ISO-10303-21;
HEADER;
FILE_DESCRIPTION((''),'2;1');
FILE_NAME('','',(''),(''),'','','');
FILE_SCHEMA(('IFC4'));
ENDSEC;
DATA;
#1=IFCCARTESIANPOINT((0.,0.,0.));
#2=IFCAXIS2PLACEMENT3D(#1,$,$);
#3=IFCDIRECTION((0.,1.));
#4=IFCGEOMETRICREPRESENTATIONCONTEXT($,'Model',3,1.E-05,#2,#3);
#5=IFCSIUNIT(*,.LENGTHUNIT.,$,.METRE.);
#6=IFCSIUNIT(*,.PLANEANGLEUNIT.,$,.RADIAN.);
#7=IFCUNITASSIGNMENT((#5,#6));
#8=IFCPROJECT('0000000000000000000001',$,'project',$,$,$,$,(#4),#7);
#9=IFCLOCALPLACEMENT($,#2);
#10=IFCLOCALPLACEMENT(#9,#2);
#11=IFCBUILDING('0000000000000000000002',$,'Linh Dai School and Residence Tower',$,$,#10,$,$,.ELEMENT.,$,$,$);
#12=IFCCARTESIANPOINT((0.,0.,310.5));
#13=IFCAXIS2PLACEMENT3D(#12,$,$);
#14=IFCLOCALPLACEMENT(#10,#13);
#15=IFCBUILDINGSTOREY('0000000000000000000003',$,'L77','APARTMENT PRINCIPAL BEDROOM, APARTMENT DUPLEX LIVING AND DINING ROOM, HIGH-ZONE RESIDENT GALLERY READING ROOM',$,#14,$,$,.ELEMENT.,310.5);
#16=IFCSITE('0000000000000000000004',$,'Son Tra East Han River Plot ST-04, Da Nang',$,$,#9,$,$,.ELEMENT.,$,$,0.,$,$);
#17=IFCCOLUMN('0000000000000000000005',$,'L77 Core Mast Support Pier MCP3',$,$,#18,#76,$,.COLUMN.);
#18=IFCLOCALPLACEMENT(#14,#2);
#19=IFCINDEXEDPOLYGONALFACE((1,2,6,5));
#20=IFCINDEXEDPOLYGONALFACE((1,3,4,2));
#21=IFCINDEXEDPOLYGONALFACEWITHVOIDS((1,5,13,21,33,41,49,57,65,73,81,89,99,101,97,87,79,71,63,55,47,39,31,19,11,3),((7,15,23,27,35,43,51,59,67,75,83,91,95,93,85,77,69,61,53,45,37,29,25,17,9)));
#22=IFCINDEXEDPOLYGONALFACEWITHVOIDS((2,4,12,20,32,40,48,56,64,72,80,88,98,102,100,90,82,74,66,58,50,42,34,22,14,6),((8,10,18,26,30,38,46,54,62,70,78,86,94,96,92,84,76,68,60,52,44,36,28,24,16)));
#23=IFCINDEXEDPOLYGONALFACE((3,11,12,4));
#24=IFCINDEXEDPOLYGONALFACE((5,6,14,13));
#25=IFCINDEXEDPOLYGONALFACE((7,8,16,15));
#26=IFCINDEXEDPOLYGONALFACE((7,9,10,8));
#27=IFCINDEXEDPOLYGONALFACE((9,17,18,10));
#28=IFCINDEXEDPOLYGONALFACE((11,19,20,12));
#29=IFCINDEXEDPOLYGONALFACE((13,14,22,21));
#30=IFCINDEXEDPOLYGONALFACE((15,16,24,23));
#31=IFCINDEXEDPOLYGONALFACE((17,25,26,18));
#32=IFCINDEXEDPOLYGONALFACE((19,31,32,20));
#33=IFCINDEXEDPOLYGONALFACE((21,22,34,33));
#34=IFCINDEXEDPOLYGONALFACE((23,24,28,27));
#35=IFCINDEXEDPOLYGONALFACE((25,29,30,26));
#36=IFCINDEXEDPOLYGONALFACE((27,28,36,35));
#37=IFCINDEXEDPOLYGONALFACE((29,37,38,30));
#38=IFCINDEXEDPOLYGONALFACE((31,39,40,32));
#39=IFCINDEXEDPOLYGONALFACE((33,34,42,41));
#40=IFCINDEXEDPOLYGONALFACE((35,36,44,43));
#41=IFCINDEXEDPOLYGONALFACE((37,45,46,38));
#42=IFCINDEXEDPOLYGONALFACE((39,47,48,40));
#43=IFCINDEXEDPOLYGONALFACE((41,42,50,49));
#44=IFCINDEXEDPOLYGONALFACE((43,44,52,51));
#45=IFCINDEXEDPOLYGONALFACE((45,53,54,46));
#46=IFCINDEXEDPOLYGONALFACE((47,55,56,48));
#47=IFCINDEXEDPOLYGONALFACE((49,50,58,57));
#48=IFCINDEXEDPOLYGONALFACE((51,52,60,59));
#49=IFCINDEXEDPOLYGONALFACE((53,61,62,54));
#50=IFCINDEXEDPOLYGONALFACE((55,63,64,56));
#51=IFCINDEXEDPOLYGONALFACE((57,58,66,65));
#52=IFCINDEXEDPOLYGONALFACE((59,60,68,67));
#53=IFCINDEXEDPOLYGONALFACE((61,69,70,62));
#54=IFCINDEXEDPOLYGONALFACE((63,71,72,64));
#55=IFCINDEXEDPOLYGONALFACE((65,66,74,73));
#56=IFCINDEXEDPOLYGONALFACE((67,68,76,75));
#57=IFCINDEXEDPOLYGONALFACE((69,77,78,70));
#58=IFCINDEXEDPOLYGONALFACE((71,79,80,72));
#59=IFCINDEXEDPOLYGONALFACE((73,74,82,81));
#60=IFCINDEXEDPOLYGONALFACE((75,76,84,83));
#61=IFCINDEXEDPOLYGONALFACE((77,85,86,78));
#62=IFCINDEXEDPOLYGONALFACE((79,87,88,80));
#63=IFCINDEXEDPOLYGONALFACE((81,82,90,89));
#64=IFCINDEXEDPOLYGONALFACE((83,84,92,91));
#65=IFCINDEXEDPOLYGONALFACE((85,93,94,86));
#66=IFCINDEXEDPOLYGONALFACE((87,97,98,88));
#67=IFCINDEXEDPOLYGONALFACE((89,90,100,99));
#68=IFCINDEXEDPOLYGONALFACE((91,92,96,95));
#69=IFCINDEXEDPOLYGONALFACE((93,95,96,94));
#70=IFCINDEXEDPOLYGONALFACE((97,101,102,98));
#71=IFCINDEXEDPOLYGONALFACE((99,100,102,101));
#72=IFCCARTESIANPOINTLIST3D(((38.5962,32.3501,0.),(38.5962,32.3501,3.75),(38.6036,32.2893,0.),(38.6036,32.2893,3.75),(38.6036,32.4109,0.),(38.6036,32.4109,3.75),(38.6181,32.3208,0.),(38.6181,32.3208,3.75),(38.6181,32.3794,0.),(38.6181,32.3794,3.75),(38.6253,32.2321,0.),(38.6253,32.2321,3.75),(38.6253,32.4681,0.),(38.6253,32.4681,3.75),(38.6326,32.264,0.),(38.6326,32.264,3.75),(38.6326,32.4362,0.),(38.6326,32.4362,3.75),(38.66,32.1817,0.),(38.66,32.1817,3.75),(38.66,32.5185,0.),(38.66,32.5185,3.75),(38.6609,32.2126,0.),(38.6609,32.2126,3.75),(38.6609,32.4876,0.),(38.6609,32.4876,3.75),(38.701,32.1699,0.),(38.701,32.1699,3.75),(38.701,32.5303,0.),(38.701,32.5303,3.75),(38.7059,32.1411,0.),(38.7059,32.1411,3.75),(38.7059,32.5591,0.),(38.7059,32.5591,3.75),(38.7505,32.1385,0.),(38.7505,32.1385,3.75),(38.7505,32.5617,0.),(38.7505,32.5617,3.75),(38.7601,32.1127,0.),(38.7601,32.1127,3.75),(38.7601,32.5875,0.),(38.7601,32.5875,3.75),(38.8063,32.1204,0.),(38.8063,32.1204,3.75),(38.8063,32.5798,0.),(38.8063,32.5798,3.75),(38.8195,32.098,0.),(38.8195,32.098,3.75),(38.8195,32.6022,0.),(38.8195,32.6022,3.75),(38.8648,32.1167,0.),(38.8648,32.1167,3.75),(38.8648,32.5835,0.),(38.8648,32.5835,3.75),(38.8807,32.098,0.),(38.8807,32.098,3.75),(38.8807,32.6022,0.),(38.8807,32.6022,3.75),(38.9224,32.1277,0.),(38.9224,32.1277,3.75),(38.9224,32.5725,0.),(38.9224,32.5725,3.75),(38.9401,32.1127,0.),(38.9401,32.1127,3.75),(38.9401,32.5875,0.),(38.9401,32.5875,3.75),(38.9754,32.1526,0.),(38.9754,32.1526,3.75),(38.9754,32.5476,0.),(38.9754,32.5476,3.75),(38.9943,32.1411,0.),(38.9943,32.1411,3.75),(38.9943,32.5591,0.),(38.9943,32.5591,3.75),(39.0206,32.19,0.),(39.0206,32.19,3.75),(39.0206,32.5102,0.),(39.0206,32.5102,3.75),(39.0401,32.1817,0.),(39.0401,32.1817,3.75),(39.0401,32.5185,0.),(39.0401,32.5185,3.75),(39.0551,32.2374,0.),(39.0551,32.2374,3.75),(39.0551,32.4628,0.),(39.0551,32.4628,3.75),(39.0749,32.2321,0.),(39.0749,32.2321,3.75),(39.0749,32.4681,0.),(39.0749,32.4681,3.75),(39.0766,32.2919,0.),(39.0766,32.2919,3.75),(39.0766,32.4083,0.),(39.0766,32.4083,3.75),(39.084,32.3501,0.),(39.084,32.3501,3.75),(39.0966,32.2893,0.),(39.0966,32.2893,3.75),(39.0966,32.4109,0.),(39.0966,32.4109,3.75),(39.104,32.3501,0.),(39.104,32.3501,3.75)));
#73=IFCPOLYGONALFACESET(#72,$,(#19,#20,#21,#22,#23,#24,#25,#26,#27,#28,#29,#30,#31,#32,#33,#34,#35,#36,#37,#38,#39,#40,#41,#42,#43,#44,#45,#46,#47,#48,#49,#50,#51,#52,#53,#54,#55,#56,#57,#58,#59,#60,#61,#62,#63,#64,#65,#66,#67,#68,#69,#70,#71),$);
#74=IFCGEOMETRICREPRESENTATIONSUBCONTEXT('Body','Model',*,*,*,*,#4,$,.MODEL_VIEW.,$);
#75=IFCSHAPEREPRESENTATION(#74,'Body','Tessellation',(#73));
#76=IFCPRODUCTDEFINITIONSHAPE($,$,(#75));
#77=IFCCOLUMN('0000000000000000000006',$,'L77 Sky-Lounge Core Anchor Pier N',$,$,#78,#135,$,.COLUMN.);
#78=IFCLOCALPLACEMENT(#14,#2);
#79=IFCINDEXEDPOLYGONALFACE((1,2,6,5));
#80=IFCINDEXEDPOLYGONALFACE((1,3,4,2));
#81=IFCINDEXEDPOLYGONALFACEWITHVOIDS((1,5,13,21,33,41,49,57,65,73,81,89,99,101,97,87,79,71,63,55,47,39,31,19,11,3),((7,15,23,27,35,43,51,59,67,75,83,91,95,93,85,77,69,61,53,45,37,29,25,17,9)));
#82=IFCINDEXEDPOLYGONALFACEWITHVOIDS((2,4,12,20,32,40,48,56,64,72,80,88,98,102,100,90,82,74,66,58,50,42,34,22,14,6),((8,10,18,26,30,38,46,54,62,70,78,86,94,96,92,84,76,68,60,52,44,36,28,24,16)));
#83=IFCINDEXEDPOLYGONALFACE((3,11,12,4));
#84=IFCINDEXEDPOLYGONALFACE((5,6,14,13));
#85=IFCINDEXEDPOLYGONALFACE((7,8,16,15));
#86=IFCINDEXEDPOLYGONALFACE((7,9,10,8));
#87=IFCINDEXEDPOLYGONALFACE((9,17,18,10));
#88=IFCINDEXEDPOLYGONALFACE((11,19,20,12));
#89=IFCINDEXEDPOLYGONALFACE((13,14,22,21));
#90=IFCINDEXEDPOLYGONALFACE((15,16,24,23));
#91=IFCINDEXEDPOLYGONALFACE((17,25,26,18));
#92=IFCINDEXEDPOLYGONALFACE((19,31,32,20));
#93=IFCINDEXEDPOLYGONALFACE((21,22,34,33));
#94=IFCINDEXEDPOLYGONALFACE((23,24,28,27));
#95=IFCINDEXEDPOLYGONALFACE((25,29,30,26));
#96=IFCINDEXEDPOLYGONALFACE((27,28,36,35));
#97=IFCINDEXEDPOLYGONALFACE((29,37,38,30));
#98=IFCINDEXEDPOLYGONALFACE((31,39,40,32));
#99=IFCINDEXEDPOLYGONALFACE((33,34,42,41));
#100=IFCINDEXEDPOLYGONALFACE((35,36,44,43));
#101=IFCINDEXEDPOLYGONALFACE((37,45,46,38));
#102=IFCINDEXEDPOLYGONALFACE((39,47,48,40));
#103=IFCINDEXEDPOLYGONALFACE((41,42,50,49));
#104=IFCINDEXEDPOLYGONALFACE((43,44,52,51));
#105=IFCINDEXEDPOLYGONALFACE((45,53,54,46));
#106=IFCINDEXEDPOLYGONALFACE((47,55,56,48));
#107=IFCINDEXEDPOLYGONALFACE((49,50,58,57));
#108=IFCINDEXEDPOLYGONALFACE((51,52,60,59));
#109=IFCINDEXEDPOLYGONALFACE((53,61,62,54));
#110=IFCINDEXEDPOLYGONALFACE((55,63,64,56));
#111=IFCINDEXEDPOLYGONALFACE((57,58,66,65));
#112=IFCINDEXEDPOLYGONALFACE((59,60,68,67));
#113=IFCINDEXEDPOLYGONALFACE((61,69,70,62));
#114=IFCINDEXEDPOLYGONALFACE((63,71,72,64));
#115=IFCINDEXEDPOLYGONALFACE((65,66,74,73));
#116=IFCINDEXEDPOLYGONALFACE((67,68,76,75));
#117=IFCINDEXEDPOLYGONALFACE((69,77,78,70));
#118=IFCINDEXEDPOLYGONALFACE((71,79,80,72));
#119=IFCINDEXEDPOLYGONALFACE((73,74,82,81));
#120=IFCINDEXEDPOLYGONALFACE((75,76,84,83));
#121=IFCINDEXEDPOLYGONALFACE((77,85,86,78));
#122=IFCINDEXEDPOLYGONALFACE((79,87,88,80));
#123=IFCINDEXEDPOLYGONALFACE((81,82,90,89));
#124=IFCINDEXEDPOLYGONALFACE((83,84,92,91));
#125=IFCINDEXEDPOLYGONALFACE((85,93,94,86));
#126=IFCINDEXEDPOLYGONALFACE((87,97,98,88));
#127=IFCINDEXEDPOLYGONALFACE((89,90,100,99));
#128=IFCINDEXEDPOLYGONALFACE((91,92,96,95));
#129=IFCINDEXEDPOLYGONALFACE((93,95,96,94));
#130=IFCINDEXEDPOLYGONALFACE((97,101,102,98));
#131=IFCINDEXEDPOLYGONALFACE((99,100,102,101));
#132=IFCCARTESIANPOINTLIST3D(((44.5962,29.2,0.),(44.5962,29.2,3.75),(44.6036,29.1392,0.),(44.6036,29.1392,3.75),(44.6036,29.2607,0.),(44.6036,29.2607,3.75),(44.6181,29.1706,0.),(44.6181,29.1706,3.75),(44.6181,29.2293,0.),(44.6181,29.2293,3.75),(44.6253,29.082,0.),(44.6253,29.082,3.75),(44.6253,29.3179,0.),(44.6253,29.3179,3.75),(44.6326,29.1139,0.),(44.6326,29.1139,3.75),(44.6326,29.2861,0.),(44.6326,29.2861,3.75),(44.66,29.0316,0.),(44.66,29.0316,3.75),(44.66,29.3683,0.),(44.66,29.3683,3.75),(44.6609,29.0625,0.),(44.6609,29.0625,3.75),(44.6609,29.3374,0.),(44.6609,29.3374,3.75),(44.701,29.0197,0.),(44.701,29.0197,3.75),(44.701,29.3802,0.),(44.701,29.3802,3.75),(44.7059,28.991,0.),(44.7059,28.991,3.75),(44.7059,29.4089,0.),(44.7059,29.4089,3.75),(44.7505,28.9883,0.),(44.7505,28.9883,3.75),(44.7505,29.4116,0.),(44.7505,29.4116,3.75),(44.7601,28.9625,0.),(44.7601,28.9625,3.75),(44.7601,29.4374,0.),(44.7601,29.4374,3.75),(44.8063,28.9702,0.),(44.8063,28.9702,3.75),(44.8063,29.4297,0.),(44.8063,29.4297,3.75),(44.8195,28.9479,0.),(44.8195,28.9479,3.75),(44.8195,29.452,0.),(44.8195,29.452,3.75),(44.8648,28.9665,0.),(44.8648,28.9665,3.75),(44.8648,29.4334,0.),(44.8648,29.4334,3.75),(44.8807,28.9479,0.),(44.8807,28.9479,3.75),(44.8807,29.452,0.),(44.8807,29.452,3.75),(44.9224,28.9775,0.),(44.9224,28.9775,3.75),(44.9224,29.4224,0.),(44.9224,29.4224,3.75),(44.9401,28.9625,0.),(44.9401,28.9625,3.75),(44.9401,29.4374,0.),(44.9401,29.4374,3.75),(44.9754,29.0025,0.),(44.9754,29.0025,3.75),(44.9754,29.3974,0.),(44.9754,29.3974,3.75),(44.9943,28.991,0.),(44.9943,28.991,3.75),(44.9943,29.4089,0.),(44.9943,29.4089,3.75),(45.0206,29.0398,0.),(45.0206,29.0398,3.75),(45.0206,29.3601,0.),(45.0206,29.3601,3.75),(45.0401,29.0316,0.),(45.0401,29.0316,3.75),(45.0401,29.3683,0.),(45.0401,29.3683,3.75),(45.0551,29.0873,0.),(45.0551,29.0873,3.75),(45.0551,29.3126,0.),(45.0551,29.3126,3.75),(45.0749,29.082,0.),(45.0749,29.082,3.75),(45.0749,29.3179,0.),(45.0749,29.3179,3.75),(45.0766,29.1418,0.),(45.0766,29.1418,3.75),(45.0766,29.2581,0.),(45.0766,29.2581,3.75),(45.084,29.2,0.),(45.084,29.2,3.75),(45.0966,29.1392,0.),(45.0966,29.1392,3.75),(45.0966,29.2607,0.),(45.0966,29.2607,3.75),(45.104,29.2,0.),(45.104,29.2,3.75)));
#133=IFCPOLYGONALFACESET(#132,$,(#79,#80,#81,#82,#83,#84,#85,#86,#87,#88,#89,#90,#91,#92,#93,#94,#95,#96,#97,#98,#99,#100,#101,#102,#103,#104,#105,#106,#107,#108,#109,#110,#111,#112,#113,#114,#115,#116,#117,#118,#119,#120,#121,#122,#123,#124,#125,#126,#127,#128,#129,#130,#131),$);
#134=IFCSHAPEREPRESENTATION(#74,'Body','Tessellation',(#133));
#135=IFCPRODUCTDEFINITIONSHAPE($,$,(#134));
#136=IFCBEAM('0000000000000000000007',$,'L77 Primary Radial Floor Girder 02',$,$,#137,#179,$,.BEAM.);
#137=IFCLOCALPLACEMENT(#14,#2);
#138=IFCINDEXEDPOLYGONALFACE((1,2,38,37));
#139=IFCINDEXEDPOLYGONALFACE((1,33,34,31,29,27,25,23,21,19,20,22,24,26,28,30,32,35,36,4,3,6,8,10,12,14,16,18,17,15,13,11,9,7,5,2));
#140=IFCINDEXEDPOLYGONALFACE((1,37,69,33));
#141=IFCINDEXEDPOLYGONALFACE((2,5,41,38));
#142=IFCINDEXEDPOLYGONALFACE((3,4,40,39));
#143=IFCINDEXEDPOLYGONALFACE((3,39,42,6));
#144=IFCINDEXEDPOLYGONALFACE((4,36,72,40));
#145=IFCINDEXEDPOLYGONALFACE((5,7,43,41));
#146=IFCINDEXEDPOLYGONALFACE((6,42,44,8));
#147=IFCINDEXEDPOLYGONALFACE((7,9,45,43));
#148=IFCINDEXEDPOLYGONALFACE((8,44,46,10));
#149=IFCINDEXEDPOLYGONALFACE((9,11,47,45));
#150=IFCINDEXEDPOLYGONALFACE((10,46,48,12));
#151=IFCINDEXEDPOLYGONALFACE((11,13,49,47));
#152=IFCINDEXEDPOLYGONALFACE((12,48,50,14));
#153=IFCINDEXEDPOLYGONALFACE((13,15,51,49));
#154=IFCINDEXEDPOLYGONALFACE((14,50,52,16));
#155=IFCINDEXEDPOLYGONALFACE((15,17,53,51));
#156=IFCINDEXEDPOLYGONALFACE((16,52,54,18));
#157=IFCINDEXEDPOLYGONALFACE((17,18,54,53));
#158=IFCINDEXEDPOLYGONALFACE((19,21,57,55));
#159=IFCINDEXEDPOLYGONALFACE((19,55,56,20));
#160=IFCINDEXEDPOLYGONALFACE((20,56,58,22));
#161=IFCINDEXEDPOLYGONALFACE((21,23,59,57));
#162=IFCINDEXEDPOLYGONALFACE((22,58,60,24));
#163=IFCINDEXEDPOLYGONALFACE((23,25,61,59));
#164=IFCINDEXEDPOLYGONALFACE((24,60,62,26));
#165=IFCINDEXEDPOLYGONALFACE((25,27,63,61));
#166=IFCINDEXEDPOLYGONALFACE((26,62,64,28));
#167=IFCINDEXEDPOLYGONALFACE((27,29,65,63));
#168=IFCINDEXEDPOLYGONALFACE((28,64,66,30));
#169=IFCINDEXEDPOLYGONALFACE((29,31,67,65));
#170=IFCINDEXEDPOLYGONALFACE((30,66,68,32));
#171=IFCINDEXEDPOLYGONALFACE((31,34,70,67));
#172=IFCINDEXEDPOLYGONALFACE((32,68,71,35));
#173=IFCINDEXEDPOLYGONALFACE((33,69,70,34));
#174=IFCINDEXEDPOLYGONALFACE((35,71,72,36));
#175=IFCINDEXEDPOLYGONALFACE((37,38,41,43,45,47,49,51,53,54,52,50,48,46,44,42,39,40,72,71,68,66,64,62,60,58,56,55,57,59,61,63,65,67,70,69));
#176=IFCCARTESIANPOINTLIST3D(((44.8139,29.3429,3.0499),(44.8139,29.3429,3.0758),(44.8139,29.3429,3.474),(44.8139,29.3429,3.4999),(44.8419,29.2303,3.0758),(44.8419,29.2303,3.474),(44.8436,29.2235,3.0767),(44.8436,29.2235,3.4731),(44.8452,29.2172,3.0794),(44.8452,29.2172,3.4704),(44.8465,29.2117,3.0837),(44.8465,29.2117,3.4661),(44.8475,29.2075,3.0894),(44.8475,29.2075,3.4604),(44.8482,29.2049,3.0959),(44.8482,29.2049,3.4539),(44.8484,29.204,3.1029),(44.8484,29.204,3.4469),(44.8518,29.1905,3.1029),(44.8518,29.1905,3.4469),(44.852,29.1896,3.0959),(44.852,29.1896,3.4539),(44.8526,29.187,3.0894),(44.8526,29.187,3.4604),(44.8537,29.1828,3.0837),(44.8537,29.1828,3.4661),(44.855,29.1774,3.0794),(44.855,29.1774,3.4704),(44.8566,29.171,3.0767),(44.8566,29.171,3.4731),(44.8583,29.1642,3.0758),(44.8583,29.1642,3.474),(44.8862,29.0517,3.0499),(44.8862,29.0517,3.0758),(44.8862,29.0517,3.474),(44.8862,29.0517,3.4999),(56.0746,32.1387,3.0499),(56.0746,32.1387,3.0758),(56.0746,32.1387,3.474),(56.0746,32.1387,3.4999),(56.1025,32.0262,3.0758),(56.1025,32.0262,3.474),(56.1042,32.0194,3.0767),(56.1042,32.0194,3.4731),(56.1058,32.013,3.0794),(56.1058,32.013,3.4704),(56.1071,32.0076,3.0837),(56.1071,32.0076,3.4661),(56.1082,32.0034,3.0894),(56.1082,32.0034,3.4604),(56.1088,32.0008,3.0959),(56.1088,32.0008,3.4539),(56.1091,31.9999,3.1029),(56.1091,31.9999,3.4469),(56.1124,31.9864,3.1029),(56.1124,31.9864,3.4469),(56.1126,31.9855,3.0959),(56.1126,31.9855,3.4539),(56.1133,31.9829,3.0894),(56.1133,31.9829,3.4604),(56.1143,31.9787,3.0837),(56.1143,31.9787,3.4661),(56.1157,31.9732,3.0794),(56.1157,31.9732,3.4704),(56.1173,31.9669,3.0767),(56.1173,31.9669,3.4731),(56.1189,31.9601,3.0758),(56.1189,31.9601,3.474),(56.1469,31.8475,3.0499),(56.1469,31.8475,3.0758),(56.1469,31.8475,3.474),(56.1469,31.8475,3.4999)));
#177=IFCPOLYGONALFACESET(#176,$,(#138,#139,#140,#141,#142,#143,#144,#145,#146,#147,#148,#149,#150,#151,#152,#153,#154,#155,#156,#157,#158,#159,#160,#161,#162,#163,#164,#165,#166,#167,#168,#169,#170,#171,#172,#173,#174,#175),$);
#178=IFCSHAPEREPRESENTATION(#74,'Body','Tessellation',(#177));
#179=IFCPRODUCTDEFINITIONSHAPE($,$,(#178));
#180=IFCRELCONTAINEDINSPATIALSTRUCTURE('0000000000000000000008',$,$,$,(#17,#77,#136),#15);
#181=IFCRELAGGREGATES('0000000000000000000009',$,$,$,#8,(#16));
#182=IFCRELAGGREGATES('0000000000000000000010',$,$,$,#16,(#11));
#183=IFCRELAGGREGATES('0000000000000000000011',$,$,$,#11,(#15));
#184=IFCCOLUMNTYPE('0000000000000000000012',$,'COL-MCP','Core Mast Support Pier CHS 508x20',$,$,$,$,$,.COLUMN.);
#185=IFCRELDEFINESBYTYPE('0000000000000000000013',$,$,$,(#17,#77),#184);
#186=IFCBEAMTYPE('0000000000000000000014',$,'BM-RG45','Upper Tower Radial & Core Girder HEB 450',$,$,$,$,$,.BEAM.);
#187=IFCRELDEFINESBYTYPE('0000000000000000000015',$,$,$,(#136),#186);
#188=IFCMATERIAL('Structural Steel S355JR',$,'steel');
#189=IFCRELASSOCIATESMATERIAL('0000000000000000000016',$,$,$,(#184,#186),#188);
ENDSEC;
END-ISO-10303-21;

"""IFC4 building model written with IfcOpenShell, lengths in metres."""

from ifc_helpers import new_model, si_unit, direction, frame, origin, origin_2d, place, context, subcontext, project, spatial, hollow_circle, i_section, extrude, material, material_profile, profile_set, type_object, element, save


model = new_model("IFC4")

# Units and contexts
model_context = context("Model", 3, precision=1e-05, world=origin(), true_north=direction((0.0, 1.0)))
body_context = subcontext(model_context, "Body", "Model", "MODEL_VIEW")
ifc_project = project(units=[si_unit("LENGTHUNIT", "METRE"), si_unit("PLANEANGLEUNIT", "RADIAN")], contexts=[model_context])

# Site, building, storey
site_placement = place(None, origin())
site = spatial("IfcSite", under=ifc_project, at=site_placement, Name="Son Tra East Han River Plot ST-04, Da Nang", CompositionType="ELEMENT", RefElevation=0.0)
building_placement = place(site_placement, origin())
building = spatial("IfcBuilding", under=site, at=building_placement, Name="Linh Dai School and Residence Tower", CompositionType="ELEMENT")
storey_placement = place(building_placement, frame((0.0, 0.0, 310.5)))
storey = spatial("IfcBuildingStorey", under=building, at=storey_placement, Name="L77", Description="APARTMENT PRINCIPAL BEDROOM, APARTMENT DUPLEX LIVING AND DINING ROOM, HIGH-ZONE RESIDENT GALLERY READING ROOM", CompositionType="ELEMENT", Elevation=310.5)

# Columns
ifc_material_1 = material(Name="Structural Steel S355JR", Category="steel")
ifc_material_profile_1 = material_profile(ifc_material_1, hollow_circle(Radius=0.2539, WallThickness=0.02, at=origin_2d()), Name="CHS 508x20")
ifc_profile_set_1 = profile_set([ifc_material_profile_1], Name="Structural Steel S355JR")
column_type_1 = type_object("IfcColumnType", Name="COL-MCP", Description="Core Mast Support Pier CHS 508x20", PredefinedType="COLUMN", material=ifc_profile_set_1)
for number, where, z_axis, x_axis, name in (
    (1, (38.8501, 32.3501, 0.0), (0.0, 0.0, 1.0), (1.0, 0.0, 0.0), "L77 Core Mast Support Pier MCP3"),
    (2, (44.8501, 29.2, 0.0), (0.0, 0.0, 1.0), (1.0, 0.0, 0.0), "L77 Sky-Lounge Core Anchor Pier N"),
):
    element("IfcColumn", number, at=place(storey_placement, frame(where, z_axis=z_axis, x_axis=x_axis)), inside=storey, type_object=column_type_1, Name=name, PredefinedType="COLUMN", context=body_context, shape_type="SweptSolid", body=[
        extrude(hollow_circle(Radius=0.2539, WallThickness=0.02, at=origin_2d()), origin(), (0.0, 0.0, 1.0), 3.75),
    ])

# Beam
ifc_material_profile_2 = material_profile(ifc_material_1, i_section(OverallWidth=0.3, OverallDepth=0.45, WebThickness=0.0139, FlangeThickness=0.0259, FilletRadius=0.0271, at=origin_2d()), Name="HEB 450")
ifc_profile_set_2 = profile_set([ifc_material_profile_2], Name="Structural Steel S355JR")
beam_type_1 = type_object("IfcBeamType", Name="BM-RG45", Description="Upper Tower Radial & Core Girder HEB 450", PredefinedType="BEAM", material=ifc_profile_set_2)
beam_1_placement = place(storey_placement, frame((44.8501, 29.1973, 3.2749), z_axis=(0.970532, 0.240971, 0.0), x_axis=(-0.240971, 0.970532, 0.0)))
element("IfcBeam", 3, at=beam_1_placement, inside=storey, type_object=beam_type_1, Name="L77 Primary Radial Floor Girder 02", PredefinedType="BEAM", context=body_context, shape_type="SweptSolid", body=[
    extrude(i_section(OverallWidth=0.3, OverallDepth=0.45, WebThickness=0.0139, FlangeThickness=0.0259, FilletRadius=0.0271, at=origin_2d()), origin(), (0.0, 0.0, 1.0), 11.6025),
])

save(model, "model.ifc")
